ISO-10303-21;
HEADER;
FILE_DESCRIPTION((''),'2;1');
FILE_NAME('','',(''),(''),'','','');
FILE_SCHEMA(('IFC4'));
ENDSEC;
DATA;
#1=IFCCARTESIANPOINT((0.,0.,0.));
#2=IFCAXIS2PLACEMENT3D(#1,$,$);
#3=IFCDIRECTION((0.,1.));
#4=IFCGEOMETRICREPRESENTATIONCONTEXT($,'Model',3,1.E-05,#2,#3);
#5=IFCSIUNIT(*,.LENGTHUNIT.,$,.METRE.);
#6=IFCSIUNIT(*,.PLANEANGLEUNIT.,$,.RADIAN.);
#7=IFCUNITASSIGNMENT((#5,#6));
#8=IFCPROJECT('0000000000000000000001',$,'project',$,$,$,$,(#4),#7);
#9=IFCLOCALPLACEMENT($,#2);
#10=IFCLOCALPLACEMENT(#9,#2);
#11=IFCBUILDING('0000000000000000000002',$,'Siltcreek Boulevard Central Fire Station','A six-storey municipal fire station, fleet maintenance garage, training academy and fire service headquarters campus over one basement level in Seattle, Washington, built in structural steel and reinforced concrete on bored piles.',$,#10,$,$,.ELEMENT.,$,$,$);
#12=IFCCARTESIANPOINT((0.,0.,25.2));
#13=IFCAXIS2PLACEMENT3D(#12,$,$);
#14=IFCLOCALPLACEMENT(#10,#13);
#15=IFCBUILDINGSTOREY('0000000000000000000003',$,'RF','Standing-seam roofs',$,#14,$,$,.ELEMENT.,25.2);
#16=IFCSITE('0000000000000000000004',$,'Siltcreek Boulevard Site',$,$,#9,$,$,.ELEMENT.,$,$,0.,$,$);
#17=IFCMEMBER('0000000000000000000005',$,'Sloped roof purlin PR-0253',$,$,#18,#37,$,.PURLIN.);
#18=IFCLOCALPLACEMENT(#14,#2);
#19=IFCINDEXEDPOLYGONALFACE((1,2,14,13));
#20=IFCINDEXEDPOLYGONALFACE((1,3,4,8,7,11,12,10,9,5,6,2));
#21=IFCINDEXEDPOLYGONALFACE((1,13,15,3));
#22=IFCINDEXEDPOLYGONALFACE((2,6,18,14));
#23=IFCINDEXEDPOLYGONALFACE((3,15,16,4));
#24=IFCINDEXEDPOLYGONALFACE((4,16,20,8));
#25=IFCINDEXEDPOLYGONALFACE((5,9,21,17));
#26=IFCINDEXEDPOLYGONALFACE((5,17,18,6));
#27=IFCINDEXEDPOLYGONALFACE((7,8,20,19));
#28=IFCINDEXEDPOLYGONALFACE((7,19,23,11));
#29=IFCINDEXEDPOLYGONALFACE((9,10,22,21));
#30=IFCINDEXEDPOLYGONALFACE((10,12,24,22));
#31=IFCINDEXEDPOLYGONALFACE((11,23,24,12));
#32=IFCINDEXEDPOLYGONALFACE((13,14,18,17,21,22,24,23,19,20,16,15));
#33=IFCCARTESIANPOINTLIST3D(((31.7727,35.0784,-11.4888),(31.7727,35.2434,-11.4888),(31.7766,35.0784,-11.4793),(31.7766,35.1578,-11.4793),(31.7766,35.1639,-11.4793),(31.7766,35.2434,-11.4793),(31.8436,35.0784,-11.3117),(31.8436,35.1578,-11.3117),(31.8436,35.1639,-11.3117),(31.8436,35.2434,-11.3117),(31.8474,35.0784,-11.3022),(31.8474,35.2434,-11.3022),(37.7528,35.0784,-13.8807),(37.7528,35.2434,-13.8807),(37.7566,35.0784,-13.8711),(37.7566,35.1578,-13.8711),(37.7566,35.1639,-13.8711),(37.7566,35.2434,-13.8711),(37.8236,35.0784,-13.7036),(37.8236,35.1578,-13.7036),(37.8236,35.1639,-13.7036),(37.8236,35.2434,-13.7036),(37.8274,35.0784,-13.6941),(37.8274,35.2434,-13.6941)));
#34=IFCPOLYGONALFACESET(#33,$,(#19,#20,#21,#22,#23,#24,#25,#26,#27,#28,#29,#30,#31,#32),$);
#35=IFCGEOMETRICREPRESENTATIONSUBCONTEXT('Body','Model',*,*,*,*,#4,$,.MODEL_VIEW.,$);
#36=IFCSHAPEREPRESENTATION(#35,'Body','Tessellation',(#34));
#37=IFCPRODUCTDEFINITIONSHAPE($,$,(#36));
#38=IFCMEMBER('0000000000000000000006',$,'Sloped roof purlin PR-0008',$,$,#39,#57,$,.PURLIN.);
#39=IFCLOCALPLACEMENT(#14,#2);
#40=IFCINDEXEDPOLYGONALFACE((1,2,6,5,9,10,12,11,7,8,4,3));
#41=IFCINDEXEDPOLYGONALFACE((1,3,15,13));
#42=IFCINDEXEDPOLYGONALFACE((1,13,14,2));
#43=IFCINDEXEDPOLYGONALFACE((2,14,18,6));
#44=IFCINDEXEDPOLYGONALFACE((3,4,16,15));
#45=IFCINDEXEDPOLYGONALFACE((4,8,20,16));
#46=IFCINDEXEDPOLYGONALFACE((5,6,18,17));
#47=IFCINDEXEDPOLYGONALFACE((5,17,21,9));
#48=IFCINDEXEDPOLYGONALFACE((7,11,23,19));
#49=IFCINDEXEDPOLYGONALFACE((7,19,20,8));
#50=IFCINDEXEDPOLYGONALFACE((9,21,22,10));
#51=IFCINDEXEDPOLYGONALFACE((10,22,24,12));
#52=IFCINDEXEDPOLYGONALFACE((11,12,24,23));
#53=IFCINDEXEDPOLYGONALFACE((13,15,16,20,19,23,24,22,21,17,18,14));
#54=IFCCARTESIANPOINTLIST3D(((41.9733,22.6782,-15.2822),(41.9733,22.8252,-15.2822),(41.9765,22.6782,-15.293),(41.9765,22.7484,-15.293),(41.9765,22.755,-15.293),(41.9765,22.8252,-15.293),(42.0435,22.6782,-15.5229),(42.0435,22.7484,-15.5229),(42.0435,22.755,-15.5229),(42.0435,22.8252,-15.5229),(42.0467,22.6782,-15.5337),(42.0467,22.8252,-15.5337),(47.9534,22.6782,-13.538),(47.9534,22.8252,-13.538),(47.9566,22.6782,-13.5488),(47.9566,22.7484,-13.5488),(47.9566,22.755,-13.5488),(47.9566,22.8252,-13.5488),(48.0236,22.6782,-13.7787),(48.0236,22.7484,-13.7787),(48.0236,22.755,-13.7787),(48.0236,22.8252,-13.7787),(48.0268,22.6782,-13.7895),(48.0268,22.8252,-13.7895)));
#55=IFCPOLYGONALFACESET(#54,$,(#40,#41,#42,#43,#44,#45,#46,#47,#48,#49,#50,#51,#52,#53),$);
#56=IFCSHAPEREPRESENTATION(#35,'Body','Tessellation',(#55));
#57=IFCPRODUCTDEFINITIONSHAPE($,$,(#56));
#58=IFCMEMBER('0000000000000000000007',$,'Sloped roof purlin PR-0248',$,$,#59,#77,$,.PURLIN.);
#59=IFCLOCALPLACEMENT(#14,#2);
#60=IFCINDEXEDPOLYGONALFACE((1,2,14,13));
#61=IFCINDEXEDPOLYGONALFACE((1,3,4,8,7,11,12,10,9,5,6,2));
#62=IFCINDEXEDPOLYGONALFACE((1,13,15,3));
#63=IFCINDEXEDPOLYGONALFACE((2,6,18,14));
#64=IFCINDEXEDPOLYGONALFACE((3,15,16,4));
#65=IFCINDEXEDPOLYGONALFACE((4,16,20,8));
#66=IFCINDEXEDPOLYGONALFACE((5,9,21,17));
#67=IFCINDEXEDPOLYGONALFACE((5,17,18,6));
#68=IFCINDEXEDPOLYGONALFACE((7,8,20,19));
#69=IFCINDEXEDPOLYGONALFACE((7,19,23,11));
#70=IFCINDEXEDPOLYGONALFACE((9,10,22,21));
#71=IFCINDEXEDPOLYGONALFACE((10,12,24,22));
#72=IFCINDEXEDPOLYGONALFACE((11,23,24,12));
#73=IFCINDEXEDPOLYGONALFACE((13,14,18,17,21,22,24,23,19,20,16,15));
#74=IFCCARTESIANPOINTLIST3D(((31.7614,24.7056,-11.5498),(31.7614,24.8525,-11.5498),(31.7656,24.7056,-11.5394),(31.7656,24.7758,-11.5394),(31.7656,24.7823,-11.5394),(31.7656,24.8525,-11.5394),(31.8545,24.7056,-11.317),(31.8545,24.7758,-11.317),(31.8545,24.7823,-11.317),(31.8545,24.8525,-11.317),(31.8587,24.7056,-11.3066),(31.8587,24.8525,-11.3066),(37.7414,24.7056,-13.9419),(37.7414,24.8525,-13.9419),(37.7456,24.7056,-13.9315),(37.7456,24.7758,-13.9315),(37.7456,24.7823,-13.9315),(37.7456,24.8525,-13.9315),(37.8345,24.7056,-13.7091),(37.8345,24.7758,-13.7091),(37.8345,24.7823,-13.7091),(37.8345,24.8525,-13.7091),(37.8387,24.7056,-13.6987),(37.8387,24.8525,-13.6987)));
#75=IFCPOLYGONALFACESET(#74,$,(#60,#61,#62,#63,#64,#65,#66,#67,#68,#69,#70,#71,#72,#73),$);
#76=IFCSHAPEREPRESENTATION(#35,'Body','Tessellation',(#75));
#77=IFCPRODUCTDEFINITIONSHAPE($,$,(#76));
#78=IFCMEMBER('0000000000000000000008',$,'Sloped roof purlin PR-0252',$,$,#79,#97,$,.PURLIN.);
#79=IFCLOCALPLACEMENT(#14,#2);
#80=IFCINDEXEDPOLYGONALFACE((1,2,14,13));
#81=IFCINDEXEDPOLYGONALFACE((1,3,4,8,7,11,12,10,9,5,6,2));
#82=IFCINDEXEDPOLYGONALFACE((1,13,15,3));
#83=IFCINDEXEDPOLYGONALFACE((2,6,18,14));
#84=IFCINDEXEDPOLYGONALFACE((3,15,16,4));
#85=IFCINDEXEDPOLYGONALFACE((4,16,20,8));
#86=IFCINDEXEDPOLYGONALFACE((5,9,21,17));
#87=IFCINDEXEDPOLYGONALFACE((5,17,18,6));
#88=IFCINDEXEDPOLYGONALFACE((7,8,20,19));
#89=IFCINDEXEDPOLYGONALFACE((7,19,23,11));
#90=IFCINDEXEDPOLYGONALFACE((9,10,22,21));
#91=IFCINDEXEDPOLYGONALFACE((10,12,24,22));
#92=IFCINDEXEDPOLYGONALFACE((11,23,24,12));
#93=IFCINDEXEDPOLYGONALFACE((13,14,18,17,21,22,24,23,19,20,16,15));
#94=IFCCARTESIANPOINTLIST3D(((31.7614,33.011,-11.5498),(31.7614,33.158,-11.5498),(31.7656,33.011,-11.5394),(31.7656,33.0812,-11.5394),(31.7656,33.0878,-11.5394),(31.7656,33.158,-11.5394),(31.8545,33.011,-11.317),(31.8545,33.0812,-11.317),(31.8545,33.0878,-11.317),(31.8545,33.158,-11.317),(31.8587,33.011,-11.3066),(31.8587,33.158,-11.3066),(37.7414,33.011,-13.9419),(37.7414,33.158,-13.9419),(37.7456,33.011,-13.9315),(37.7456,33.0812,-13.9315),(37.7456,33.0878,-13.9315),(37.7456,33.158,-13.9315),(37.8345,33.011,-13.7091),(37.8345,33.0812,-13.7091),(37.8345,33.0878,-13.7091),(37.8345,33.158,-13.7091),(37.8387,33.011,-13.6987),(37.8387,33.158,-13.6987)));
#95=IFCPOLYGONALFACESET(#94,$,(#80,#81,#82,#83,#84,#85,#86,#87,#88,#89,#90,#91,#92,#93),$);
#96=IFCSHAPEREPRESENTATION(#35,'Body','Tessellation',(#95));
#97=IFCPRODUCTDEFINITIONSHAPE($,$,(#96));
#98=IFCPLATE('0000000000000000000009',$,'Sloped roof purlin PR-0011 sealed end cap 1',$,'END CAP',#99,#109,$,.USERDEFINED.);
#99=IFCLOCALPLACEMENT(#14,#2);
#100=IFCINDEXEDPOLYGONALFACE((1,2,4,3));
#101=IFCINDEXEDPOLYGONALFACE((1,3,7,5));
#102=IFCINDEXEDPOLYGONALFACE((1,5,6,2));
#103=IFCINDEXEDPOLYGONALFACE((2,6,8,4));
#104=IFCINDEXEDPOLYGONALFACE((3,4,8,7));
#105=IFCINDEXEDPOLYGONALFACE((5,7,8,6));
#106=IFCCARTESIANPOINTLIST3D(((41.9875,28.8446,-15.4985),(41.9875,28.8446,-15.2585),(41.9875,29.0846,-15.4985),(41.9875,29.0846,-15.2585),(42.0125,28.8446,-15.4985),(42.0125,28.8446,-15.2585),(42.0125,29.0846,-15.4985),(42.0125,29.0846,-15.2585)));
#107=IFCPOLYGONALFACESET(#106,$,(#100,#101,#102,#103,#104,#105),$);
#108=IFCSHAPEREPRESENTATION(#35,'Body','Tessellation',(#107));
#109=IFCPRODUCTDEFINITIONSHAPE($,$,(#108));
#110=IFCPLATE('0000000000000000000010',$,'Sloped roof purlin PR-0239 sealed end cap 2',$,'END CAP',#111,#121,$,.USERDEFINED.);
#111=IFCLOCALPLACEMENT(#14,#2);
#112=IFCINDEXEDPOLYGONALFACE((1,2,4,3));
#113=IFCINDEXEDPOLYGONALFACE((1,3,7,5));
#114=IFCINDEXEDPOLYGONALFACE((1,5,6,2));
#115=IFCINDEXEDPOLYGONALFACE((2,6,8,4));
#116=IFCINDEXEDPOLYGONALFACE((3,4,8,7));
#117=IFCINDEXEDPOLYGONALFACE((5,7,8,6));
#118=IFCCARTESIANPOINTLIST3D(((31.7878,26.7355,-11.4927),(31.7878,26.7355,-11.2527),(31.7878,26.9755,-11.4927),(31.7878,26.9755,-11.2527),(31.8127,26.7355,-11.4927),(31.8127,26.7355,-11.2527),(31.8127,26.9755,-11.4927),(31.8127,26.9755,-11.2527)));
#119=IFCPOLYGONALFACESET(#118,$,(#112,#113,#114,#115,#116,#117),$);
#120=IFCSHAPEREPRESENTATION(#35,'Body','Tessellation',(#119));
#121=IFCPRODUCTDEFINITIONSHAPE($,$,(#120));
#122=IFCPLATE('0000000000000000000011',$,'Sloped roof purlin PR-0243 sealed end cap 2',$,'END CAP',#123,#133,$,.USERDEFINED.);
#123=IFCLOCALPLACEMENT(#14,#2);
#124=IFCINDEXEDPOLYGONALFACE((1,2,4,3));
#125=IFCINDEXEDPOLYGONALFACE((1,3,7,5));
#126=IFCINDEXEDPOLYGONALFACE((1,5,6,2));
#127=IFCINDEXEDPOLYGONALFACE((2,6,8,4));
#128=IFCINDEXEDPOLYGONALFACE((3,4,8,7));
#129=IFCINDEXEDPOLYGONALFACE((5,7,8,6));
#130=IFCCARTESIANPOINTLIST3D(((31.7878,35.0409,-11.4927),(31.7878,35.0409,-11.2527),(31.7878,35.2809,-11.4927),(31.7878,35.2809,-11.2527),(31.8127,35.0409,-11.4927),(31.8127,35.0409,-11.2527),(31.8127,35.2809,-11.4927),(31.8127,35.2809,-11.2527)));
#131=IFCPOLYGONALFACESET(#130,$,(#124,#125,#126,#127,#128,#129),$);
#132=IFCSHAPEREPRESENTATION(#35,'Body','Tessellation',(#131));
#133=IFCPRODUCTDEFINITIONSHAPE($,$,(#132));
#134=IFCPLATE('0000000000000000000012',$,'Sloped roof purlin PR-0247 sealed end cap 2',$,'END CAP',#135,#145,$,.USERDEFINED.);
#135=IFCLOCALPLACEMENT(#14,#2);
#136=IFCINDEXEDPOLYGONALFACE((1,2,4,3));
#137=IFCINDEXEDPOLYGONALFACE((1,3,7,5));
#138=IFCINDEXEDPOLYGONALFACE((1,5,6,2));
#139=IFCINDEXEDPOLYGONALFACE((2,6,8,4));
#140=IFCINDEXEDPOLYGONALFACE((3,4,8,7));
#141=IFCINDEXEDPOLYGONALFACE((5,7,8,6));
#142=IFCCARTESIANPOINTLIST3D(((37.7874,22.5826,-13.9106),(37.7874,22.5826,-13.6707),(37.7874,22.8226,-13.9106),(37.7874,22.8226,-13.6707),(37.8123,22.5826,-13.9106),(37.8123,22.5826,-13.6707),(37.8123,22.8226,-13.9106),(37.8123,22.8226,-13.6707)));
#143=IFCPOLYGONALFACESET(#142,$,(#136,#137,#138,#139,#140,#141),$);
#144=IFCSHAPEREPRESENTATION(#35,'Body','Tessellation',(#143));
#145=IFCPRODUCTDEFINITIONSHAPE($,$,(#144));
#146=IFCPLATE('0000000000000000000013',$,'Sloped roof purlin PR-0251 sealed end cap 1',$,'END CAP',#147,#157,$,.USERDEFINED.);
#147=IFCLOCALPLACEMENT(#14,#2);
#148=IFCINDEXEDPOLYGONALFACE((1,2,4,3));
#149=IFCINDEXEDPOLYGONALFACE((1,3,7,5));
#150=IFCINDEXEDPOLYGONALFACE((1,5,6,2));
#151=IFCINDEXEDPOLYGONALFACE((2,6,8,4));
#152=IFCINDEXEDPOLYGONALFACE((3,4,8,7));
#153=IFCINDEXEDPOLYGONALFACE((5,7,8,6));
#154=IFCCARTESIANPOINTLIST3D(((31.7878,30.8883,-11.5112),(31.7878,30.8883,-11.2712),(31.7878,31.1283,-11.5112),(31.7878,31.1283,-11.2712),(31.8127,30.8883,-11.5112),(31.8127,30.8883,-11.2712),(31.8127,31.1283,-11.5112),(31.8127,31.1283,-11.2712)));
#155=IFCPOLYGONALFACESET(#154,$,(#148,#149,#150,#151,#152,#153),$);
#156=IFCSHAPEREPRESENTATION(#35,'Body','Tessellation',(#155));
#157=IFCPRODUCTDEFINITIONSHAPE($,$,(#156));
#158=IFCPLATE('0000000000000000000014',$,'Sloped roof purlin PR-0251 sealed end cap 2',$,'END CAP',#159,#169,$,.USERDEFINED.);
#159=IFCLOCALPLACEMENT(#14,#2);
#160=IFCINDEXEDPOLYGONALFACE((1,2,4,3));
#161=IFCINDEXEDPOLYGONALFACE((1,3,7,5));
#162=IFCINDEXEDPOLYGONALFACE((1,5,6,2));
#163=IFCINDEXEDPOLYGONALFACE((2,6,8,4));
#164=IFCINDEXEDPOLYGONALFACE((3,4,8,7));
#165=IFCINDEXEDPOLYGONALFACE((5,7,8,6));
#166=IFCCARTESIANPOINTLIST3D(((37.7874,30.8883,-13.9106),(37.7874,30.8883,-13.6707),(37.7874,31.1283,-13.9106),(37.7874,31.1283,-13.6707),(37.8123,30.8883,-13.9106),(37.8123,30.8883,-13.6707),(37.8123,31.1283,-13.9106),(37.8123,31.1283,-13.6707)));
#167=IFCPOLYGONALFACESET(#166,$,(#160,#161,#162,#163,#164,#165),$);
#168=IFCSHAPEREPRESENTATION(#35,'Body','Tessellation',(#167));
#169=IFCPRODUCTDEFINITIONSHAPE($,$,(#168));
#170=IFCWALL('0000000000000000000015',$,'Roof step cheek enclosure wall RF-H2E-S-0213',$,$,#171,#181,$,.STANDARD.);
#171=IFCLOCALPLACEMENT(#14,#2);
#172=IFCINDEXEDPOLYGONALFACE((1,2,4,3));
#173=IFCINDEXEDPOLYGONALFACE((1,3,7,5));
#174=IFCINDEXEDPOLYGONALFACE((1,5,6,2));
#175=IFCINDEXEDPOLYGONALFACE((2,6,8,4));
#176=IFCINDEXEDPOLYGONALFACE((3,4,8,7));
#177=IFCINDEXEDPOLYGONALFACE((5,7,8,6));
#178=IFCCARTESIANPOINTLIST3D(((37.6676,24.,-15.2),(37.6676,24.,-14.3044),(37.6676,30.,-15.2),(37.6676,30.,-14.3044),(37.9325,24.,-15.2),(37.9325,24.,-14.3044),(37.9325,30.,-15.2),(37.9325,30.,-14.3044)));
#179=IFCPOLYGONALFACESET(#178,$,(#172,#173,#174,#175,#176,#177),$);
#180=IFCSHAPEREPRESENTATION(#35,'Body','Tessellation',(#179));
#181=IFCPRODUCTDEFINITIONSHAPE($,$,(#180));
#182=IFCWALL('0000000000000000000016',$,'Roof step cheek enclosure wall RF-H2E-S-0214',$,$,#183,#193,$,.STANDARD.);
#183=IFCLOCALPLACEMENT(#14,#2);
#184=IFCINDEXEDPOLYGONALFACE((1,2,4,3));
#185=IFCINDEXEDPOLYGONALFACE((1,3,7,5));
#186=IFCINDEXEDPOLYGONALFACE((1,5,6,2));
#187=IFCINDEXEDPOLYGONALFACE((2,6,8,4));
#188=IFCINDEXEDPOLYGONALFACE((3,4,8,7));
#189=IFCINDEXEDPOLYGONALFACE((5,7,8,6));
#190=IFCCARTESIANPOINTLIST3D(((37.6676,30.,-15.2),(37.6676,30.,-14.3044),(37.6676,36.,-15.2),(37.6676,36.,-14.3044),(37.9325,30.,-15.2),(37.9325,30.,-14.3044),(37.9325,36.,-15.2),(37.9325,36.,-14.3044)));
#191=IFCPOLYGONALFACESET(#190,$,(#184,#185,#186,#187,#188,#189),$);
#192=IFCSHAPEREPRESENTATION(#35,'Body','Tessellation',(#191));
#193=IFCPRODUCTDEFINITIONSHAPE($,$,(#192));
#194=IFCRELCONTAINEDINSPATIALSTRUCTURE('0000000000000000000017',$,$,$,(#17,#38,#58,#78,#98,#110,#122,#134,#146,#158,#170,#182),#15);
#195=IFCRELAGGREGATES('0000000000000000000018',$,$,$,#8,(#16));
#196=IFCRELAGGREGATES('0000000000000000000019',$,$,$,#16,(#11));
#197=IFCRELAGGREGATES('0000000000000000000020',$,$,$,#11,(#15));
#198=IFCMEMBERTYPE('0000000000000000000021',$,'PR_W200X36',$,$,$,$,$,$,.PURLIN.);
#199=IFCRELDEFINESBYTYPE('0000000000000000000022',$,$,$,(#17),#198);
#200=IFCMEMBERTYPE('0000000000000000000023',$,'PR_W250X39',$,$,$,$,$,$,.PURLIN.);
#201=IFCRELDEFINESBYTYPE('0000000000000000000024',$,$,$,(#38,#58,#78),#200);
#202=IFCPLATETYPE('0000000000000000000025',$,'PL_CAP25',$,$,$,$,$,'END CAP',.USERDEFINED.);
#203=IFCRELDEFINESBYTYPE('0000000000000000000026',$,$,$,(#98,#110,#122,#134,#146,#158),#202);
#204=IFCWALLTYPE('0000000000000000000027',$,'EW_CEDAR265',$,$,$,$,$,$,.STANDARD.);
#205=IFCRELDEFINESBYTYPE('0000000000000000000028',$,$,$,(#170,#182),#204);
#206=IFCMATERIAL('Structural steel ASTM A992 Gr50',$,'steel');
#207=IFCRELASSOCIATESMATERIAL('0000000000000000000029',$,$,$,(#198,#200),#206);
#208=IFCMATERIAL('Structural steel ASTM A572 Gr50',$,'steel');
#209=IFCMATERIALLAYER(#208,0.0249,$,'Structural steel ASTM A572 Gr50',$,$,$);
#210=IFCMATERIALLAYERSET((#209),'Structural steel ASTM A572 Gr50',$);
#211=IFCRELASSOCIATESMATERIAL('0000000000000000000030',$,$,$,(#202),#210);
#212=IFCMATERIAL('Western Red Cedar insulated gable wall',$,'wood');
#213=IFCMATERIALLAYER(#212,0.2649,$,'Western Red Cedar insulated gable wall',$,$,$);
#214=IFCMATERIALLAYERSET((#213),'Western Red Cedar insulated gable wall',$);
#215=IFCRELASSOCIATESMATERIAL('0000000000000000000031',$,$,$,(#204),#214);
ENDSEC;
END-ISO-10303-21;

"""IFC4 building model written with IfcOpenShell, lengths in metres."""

from ifc_helpers import new_model, si_unit, direction, frame, frame_2d, origin, origin_2d, place, context, subcontext, project, spatial, rectangle, i_section, extrude, material, layer, layer_set, material_profile, profile_set, type_object, element, save


model = new_model("IFC4")

# Units and contexts
model_context = context("Model", 3, precision=1e-05, world=origin(), true_north=direction((0.0, 1.0)))
body_context = subcontext(model_context, "Body", "Model", "MODEL_VIEW")
ifc_project = project(units=[si_unit("LENGTHUNIT", "METRE"), si_unit("PLANEANGLEUNIT", "RADIAN")], contexts=[model_context])

# Site, building, storey
site_placement = place(None, origin())
site = spatial("IfcSite", under=ifc_project, at=site_placement, Name="Siltcreek Boulevard Site", CompositionType="ELEMENT", RefElevation=0.0)
building_placement = place(site_placement, origin())
building = spatial("IfcBuilding", under=site, at=building_placement, Name="Siltcreek Boulevard Central Fire Station", Description="A six-storey municipal fire station, fleet maintenance garage, training academy and fire service headquarters campus over one basement level in Seattle, Washington, built in structural steel and reinforced concrete on bored piles.", CompositionType="ELEMENT")
storey_placement = place(building_placement, frame((0.0, 0.0, 25.2)))
storey = spatial("IfcBuildingStorey", under=building, at=storey_placement, Name="RF", Description="Standing-seam roofs", CompositionType="ELEMENT", Elevation=25.2)

# Members
ifc_material_1 = material(Name="Structural steel ASTM A992 Gr50", Category="steel")
ifc_material_profile_1 = material_profile(ifc_material_1, i_section(OverallWidth=0.165, OverallDepth=0.2009, WebThickness=0.0061, FlangeThickness=0.0103, at=origin_2d()), Name="W200X36")
ifc_profile_set_1 = profile_set([ifc_material_profile_1], Name="Structural steel ASTM A992 Gr50")
member_type_1 = type_object("IfcMemberType", Name="PR_W200X36", PredefinedType="PURLIN", material=ifc_profile_set_1)
for number, where, z_axis, x_axis, name in (
    (1, (31.8101, 35.1609, -11.3955), (0.928485, 0.0, -0.371371), (0.0, 1.0, 0.0), "Sloped roof purlin PR-0253"),
):
    element("IfcMember", number, at=place(storey_placement, frame(where, z_axis=z_axis, x_axis=x_axis)), inside=storey, type_object=member_type_1, Name=name, PredefinedType="PURLIN", context=body_context, shape_type="SweptSolid", body=[
        extrude(i_section(OverallWidth=0.165, OverallDepth=0.2009, WebThickness=0.0061, FlangeThickness=0.0103, at=origin_2d()), origin(), (0.0, 0.0, 1.0), 6.4407),
    ])
ifc_material_profile_2 = material_profile(ifc_material_1, i_section(OverallWidth=0.147, OverallDepth=0.262, WebThickness=0.0066, FlangeThickness=0.0112, at=origin_2d()), Name="W250X39")
ifc_profile_set_2 = profile_set([ifc_material_profile_2], Name="Structural steel ASTM A992 Gr50")
member_type_2 = type_object("IfcMemberType", Name="PR_W250X39", PredefinedType="PURLIN", material=ifc_profile_set_2)
member_1_placement = place(storey_placement, frame((42.01, 22.7517, -15.408), z_axis=(0.960001, 0.0, 0.279997), x_axis=(0.0, 1.0, 0.0)))
element("IfcMember", 2, at=member_1_placement, inside=storey, type_object=member_type_2, Name="Sloped roof purlin PR-0008", PredefinedType="PURLIN", context=body_context, shape_type="SweptSolid", body=[
    extrude(i_section(OverallWidth=0.147, OverallDepth=0.262, WebThickness=0.0066, FlangeThickness=0.0112, at=origin_2d()), origin(), (0.0, 0.0, 1.0), 6.2292),
])
for number, where, z_axis, x_axis, name in (
    (3, (31.8101, 24.7791, -11.4282), (0.928471, 0.0, -0.371404), (0.0, 1.0, 0.0), "Sloped roof purlin PR-0248"),
    (4, (31.8101, 33.0845, -11.4282), (0.928471, 0.0, -0.371404), (0.0, 1.0, 0.0), "Sloped roof purlin PR-0252"),
):
    element("IfcMember", number, at=place(storey_placement, frame(where, z_axis=z_axis, x_axis=x_axis)), inside=storey, type_object=member_type_2, Name=name, PredefinedType="PURLIN", context=body_context, shape_type="SweptSolid", body=[
        extrude(i_section(OverallWidth=0.147, OverallDepth=0.262, WebThickness=0.0066, FlangeThickness=0.0112, at=origin_2d()), origin(), (0.0, 0.0, 1.0), 6.4407),
    ])

# Plates
ifc_material_2 = material(Name="Structural steel ASTM A572 Gr50", Category="steel")
ifc_layer_1 = layer(ifc_material_2, 0.0249, Name="Structural steel ASTM A572 Gr50")
ifc_layer_set_1 = layer_set([ifc_layer_1], Name="Structural steel ASTM A572 Gr50")
plate_type = type_object("IfcPlateType", Name="PL_CAP25", ElementType="END CAP", PredefinedType="USERDEFINED", material=ifc_layer_set_1)
for number, where, z_axis, x_axis, name in (
    (5, (42.0, 28.9646, -15.4985), (0.0, 0.0, 1.0), (1.0, 0.0, 0.0), "Sloped roof purlin PR-0011 sealed end cap 1"),
    (6, (31.8003, 26.8555, -11.4927), (0.0, 0.0, 1.0), (1.0, 0.0, 0.0), "Sloped roof purlin PR-0239 sealed end cap 2"),
    (7, (31.8003, 35.1609, -11.4927), (0.0, 0.0, 1.0), (1.0, 0.0, 0.0), "Sloped roof purlin PR-0243 sealed end cap 2"),
    (8, (37.7998, 22.7026, -13.9106), (0.0, 0.0, 1.0), (1.0, 0.0, 0.0), "Sloped roof purlin PR-0247 sealed end cap 2"),
    (9, (31.8003, 31.0083, -11.5112), (0.0, 0.0, 1.0), (1.0, 0.0, 0.0), "Sloped roof purlin PR-0251 sealed end cap 1"),
    (10, (37.7998, 31.0083, -13.9106), (0.0, 0.0, 1.0), (1.0, 0.0, 0.0), "Sloped roof purlin PR-0251 sealed end cap 2"),
):
    element("IfcPlate", number, at=place(storey_placement, frame(where, z_axis=z_axis, x_axis=x_axis)), inside=storey, type_object=plate_type, Name=name, ObjectType="END CAP", PredefinedType="USERDEFINED", context=body_context, shape_type="SweptSolid", body=[
        extrude(rectangle(XDim=0.0249, YDim=0.24, at=origin_2d()), origin(), (0.0, 0.0, 1.0), 0.24),
    ])

# Walls
ifc_material_3 = material(Name="Western Red Cedar insulated gable wall", Category="wood")
ifc_layer_2 = layer(ifc_material_3, 0.2649, Name="Western Red Cedar insulated gable wall")
ifc_layer_set_2 = layer_set([ifc_layer_2], Name="Western Red Cedar insulated gable wall")
wall_type = type_object("IfcWallType", Name="EW_CEDAR265", PredefinedType="STANDARD", material=ifc_layer_set_2)
for number, where, z_axis, x_axis, name in (
    (11, (37.8, 24.0, -15.2), (0.0, 0.0, 1.0), (0.0, 1.0, 0.0), "Roof step cheek enclosure wall RF-H2E-S-0213"),
    (12, (37.8, 30.0, -15.2), (0.0, 0.0, 1.0), (0.0, 1.0, 0.0), "Roof step cheek enclosure wall RF-H2E-S-0214"),
):
    element("IfcWall", number, at=place(storey_placement, frame(where, z_axis=z_axis, x_axis=x_axis)), inside=storey, type_object=wall_type, Name=name, PredefinedType="STANDARD", context=body_context, shape_type="SweptSolid", body=[
        extrude(rectangle(XDim=6.0, YDim=0.2649, at=frame_2d((3.0, 0.0))), origin(), (0.0, 0.0, 1.0), 0.8955),
    ])

save(model, "model.ifc")
